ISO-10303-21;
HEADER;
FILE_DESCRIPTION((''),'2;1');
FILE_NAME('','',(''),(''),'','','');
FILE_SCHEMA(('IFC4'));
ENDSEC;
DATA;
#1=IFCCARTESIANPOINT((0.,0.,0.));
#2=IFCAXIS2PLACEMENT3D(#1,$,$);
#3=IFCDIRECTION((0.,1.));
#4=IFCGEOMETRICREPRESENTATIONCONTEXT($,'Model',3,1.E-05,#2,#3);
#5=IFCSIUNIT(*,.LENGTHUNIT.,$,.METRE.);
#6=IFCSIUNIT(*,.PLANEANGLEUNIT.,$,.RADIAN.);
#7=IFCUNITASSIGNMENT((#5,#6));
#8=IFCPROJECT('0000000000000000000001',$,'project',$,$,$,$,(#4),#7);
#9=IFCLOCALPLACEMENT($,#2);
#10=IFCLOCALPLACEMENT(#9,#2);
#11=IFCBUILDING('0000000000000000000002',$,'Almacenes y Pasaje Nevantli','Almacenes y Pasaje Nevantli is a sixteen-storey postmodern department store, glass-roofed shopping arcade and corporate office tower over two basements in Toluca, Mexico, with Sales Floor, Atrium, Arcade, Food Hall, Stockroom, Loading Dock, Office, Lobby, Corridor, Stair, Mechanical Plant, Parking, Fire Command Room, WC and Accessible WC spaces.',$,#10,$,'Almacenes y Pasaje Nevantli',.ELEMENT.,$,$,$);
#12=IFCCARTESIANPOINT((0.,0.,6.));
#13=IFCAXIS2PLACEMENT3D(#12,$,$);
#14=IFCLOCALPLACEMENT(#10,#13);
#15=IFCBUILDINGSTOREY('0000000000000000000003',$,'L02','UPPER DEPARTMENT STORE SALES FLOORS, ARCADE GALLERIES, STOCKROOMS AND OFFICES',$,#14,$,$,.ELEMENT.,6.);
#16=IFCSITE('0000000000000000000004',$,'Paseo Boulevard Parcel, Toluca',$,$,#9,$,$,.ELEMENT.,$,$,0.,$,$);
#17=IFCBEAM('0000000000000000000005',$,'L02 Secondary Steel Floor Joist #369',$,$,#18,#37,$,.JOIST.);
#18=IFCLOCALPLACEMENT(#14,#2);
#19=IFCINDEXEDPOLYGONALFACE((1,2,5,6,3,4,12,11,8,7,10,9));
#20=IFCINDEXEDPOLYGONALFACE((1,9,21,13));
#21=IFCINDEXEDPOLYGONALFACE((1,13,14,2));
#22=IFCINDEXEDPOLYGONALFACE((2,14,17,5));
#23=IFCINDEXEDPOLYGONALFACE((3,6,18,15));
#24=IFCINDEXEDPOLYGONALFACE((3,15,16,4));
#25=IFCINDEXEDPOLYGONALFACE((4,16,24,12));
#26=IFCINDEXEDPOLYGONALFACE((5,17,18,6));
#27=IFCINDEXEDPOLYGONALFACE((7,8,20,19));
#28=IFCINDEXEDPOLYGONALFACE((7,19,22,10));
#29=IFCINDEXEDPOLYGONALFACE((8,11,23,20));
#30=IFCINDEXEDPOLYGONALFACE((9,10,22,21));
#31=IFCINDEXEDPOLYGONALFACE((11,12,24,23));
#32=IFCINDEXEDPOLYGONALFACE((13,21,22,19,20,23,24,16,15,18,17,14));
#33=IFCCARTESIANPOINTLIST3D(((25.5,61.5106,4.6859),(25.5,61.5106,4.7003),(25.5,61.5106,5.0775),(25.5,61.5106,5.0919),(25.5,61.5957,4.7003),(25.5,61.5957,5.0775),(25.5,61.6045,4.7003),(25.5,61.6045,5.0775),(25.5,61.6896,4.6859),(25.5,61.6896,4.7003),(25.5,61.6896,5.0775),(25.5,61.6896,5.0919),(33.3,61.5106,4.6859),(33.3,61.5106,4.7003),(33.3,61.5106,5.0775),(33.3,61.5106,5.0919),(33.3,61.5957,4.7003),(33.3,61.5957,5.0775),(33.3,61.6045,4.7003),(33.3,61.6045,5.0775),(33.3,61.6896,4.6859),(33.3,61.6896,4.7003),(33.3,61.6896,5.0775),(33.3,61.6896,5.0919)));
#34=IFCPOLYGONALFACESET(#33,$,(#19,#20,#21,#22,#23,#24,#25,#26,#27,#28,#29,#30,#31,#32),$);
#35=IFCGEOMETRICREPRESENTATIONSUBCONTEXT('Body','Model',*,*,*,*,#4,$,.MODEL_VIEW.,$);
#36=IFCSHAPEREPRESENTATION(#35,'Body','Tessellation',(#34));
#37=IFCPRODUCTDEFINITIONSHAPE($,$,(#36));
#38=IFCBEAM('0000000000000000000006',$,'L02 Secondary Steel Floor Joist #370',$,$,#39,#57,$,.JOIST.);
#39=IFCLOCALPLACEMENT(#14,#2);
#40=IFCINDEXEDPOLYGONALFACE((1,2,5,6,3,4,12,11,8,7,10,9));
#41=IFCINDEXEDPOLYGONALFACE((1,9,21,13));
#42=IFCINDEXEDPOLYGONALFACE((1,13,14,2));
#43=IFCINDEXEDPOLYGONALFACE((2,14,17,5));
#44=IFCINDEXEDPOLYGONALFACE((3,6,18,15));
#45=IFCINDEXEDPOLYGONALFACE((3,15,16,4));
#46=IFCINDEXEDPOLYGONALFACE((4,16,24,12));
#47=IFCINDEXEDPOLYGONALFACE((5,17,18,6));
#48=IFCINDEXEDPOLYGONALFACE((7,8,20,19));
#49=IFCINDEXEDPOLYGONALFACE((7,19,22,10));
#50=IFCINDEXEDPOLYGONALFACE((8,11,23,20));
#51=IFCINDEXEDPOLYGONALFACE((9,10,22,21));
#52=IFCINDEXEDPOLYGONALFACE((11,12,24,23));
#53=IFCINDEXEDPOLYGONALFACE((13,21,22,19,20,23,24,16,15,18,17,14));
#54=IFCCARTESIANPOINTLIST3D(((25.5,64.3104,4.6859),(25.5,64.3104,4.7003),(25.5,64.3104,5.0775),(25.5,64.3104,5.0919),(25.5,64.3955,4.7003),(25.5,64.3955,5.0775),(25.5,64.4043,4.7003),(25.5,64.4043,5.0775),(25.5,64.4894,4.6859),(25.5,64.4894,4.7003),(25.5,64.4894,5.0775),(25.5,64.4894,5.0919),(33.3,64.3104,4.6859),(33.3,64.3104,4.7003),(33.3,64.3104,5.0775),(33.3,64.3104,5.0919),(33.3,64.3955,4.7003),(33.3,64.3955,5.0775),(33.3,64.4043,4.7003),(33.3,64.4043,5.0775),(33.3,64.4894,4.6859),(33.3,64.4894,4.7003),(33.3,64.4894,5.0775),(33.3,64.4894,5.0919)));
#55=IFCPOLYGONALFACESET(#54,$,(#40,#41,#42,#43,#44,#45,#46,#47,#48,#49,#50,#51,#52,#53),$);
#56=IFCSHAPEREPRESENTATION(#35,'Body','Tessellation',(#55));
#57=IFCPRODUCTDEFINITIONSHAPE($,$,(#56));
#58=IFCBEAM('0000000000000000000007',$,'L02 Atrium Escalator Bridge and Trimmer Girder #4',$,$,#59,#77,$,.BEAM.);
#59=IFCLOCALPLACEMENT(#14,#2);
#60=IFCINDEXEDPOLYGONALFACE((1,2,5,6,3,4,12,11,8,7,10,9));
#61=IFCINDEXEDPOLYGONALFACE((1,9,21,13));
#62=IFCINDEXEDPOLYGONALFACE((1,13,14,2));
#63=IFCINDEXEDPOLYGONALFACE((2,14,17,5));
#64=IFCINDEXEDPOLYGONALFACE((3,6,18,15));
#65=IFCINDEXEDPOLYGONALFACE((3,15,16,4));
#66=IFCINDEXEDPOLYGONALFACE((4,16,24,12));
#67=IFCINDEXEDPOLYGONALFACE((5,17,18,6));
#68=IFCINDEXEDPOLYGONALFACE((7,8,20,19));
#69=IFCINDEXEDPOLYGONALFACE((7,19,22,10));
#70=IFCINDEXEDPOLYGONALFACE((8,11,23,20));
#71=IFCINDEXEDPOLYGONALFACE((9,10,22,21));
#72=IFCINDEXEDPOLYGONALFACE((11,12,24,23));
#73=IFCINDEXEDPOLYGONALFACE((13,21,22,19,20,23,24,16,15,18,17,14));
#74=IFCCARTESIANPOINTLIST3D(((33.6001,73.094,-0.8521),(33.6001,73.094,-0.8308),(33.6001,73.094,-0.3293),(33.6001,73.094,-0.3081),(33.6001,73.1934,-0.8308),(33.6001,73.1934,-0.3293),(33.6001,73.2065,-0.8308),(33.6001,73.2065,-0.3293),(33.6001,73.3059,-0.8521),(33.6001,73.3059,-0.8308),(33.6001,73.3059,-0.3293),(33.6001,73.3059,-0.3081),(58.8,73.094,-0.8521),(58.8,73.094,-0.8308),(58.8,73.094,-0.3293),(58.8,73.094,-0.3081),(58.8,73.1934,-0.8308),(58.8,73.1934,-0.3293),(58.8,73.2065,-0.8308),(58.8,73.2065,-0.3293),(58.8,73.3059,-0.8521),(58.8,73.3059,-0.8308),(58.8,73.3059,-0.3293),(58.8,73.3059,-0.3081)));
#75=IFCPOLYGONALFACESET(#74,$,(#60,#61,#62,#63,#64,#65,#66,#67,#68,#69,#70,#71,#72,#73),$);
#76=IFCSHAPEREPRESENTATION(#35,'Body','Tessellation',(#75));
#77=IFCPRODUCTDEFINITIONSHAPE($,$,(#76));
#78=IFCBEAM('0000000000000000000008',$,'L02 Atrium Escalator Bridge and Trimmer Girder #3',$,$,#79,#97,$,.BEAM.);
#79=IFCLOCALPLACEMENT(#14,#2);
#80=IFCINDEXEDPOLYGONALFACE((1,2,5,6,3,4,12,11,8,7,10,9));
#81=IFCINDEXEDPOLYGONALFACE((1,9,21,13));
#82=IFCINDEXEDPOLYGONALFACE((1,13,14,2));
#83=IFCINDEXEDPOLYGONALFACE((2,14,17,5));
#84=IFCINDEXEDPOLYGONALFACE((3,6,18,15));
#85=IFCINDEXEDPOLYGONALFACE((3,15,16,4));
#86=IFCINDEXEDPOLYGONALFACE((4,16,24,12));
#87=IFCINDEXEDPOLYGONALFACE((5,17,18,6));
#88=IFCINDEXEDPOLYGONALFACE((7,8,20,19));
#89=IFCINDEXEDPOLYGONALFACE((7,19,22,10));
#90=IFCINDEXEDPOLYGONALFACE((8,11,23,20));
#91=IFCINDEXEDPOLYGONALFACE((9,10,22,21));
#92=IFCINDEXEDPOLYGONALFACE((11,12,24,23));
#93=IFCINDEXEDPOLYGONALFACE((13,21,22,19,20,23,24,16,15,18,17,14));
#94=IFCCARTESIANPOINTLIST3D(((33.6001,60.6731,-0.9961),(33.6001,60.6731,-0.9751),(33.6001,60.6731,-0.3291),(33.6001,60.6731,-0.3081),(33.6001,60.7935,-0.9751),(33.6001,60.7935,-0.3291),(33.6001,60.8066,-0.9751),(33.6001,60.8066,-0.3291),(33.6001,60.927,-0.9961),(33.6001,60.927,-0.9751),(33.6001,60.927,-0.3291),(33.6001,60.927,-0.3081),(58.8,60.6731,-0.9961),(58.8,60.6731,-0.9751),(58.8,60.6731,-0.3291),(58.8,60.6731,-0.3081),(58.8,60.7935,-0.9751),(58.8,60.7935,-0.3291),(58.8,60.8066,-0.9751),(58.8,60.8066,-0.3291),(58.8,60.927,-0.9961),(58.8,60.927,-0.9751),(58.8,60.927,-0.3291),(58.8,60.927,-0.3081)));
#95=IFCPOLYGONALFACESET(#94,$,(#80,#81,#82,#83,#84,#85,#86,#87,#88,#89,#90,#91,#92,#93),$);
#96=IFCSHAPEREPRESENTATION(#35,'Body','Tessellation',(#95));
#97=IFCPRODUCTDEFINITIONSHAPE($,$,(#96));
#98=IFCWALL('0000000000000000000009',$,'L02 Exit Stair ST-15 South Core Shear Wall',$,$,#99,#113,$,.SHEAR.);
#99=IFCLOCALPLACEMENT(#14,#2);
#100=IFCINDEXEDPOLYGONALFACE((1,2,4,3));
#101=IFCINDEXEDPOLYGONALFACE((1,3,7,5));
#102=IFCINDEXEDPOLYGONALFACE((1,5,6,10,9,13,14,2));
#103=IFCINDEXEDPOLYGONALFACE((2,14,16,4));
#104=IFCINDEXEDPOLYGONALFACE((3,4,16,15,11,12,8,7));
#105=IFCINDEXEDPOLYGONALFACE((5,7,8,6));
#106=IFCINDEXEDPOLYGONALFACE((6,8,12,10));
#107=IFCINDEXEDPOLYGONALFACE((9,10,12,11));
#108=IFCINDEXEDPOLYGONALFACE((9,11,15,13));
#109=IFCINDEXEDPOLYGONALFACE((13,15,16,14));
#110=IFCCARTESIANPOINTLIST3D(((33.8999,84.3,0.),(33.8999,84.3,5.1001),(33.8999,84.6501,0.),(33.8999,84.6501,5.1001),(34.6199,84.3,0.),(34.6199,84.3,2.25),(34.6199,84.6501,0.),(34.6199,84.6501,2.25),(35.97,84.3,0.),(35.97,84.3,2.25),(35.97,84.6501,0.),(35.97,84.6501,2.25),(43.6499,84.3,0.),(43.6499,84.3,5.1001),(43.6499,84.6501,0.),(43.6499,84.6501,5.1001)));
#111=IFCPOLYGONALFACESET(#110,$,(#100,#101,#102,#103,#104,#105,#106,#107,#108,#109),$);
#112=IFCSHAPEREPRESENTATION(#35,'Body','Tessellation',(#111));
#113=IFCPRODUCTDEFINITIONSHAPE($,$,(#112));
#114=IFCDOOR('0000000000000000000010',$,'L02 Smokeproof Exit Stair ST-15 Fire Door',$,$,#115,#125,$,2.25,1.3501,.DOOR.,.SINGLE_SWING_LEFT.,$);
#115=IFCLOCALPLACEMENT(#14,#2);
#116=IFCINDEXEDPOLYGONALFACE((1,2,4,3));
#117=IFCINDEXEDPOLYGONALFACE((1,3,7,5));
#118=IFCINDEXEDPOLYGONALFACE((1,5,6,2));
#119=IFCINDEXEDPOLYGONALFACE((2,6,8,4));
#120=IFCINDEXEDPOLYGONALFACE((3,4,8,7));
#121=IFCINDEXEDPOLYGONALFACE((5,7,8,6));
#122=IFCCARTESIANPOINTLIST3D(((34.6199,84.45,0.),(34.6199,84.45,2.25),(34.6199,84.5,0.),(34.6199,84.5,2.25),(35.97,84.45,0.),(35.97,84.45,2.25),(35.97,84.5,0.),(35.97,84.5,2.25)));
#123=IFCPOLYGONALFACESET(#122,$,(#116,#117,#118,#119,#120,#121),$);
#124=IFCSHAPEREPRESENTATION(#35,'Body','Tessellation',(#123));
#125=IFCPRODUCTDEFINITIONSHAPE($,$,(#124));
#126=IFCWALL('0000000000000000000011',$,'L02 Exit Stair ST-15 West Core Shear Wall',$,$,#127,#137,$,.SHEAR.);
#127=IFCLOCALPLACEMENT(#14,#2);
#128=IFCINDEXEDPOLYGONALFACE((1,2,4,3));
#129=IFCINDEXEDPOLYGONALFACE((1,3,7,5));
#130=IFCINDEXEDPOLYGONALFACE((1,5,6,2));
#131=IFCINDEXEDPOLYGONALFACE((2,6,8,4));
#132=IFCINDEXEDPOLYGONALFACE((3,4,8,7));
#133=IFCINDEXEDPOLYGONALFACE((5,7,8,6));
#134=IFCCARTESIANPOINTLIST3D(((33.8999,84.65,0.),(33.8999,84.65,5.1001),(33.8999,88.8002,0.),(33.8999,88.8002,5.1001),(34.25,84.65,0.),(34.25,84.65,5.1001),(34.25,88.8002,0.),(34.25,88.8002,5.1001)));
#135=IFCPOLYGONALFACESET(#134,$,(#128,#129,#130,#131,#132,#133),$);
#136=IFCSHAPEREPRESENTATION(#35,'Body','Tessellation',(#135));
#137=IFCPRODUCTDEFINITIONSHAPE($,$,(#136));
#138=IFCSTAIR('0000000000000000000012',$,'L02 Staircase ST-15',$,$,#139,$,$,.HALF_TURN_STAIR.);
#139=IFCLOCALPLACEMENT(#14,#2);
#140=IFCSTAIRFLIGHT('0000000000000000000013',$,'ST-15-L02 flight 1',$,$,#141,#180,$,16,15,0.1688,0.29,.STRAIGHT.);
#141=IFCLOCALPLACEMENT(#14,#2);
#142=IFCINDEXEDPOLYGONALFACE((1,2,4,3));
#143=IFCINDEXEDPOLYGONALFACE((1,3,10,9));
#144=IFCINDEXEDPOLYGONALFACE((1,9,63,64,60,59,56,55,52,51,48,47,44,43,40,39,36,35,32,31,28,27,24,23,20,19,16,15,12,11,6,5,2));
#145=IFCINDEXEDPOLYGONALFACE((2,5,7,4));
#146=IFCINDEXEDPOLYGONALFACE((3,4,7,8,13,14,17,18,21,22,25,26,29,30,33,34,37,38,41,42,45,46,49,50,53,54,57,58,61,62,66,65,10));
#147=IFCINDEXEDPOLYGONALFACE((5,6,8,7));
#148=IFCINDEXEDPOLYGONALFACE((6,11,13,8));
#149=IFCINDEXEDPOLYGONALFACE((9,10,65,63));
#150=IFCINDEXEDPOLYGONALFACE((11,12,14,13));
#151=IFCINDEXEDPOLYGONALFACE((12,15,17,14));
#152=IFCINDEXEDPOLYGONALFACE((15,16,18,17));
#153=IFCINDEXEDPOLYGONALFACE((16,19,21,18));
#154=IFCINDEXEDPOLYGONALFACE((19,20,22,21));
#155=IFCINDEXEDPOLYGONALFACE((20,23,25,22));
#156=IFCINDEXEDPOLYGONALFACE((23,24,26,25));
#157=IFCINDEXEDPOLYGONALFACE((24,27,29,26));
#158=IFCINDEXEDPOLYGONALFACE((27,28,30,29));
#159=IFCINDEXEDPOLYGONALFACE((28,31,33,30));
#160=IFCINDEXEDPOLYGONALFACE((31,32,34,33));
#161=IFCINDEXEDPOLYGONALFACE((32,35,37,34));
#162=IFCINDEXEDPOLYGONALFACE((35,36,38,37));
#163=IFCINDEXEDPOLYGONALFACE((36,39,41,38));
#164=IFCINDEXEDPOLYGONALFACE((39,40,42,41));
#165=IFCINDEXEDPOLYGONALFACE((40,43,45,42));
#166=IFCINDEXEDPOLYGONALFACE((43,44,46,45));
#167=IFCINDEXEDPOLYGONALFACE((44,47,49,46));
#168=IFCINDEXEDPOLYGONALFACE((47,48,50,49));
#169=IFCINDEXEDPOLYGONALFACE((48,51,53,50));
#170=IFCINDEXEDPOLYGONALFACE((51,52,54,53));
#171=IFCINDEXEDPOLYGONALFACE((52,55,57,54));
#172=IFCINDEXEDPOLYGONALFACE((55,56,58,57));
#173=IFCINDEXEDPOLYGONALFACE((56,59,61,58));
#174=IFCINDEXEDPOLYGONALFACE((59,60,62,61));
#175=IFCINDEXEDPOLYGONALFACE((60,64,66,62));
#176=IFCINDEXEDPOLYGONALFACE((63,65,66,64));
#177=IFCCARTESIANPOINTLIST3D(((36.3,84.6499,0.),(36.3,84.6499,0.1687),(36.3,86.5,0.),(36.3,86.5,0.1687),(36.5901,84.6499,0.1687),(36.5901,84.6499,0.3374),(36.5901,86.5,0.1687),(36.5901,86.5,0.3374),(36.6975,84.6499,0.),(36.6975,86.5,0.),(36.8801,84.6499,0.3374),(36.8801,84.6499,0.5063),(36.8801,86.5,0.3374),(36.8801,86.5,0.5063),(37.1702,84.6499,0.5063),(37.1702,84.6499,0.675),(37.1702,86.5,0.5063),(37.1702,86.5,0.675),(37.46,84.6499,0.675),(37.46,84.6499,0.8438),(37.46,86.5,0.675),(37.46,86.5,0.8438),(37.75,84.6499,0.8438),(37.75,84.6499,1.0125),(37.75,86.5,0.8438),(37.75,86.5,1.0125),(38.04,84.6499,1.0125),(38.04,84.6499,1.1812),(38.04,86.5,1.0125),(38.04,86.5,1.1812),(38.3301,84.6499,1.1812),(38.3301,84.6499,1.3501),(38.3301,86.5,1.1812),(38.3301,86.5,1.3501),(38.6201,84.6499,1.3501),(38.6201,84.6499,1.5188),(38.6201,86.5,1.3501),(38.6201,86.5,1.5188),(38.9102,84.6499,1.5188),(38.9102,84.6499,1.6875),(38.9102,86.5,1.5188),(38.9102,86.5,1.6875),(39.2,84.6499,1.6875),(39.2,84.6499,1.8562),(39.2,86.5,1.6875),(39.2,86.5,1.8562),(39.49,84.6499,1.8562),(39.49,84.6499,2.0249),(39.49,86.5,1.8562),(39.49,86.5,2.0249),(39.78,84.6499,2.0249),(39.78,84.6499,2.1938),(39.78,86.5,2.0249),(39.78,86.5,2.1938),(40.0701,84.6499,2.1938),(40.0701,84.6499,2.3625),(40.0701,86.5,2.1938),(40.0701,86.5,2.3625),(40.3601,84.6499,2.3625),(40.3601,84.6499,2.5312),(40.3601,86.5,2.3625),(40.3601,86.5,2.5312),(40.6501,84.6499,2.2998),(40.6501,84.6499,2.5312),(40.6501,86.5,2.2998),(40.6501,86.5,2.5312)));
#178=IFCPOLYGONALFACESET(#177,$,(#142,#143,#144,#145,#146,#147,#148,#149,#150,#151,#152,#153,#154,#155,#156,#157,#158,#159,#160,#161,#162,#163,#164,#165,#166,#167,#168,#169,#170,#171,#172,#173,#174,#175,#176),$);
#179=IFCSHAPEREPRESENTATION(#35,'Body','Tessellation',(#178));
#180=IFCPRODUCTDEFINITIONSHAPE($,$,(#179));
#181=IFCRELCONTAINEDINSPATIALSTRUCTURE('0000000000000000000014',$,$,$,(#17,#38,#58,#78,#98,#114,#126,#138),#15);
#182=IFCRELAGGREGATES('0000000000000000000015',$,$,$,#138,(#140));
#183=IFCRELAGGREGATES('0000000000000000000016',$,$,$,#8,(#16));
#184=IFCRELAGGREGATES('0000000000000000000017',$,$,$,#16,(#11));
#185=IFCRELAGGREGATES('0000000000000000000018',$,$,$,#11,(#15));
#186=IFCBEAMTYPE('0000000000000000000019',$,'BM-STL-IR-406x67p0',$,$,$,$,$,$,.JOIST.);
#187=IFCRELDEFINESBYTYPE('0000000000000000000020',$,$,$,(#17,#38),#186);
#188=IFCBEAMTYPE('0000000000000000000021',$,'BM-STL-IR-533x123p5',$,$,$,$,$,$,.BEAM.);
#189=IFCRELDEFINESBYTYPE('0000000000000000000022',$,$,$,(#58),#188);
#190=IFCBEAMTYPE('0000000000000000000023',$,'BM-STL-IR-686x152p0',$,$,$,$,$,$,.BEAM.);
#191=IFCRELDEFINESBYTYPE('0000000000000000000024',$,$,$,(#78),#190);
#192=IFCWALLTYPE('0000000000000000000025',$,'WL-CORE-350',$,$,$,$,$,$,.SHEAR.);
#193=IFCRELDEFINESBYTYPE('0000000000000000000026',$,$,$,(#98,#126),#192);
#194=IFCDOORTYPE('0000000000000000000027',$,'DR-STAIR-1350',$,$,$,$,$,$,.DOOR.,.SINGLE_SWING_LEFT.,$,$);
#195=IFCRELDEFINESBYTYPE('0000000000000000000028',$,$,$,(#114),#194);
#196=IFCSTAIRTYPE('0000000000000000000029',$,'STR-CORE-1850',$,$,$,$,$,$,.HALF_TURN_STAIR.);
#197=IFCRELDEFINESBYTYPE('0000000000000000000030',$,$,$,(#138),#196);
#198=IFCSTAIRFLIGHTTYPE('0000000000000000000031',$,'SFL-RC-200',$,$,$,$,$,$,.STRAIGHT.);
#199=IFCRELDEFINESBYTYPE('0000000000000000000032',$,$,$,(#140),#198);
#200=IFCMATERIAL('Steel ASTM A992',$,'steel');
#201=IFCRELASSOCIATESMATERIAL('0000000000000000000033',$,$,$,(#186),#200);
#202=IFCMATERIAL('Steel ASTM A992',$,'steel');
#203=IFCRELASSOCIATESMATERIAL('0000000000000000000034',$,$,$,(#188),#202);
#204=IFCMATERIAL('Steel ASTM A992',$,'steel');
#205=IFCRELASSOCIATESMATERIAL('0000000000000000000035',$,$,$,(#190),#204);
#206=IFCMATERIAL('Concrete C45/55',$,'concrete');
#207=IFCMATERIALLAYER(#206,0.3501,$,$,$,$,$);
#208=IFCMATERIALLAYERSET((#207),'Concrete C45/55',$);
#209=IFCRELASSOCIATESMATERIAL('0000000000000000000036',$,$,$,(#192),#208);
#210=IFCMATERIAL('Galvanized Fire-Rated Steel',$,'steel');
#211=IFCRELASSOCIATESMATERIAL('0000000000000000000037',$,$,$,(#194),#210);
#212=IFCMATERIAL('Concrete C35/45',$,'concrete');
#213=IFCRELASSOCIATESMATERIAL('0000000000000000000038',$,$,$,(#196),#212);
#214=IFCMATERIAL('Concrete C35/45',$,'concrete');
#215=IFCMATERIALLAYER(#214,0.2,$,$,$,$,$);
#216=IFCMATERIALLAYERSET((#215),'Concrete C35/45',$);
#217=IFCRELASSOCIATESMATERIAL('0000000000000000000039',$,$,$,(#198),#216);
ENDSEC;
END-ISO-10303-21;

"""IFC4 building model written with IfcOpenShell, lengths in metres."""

from ifc_helpers import new_model, si_unit, direction, frame, frame_2d, origin, origin_2d, place, context, subcontext, project, spatial, polyline, rectangle, i_section, outline, extrude, material, layer, layer_set, material_profile, profile_set, type_object, element, fill, aggregate, save


model = new_model("IFC4")

# Units and contexts
model_context = context("Model", 3, precision=1e-05, world=origin(), true_north=direction((0.0, 1.0)))
body_context = subcontext(model_context, "Body", "Model", "MODEL_VIEW")
ifc_project = project(units=[si_unit("LENGTHUNIT", "METRE"), si_unit("PLANEANGLEUNIT", "RADIAN")], contexts=[model_context])

# Site, building, storey
site_placement = place(None, origin())
site = spatial("IfcSite", under=ifc_project, at=site_placement, Name="Paseo Boulevard Parcel, Toluca", CompositionType="ELEMENT", RefElevation=0.0)
building_placement = place(site_placement, origin())
building = spatial("IfcBuilding", under=site, at=building_placement, Name="Almacenes y Pasaje Nevantli", Description="Almacenes y Pasaje Nevantli is a sixteen-storey postmodern department store, glass-roofed shopping arcade and corporate office tower over two basements in Toluca, Mexico, with Sales Floor, Atrium, Arcade, Food Hall, Stockroom, Loading Dock, Office, Lobby, Corridor, Stair, Mechanical Plant, Parking, Fire Command Room, WC and Accessible WC spaces.", LongName="Almacenes y Pasaje Nevantli", CompositionType="ELEMENT")
storey_placement = place(building_placement, frame((0.0, 0.0, 6.0)))
storey = spatial("IfcBuildingStorey", under=building, at=storey_placement, Name="L02", Description="UPPER DEPARTMENT STORE SALES FLOORS, ARCADE GALLERIES, STOCKROOMS AND OFFICES", CompositionType="ELEMENT", Elevation=6.0)

# Beams
ifc_material_1 = material(Name="Steel ASTM A992", Category="steel")
ifc_material_profile_1 = material_profile(ifc_material_1, i_section(OverallWidth=0.179, OverallDepth=0.406, WebThickness=0.0088, FlangeThickness=0.0144, at=origin_2d()), Name="IR 406x67.0")
ifc_profile_set_1 = profile_set([ifc_material_profile_1], Name="Steel ASTM A992")
beam_type_1 = type_object("IfcBeamType", Name="BM-STL-IR-406x67p0", PredefinedType="JOIST", material=ifc_profile_set_1)
for number, where, z_axis, x_axis, name in (
    (1, (25.5, 61.6001, 4.8889), (1.0, 0.0, 0.0), (0.0, 1.0, 0.0), "L02 Secondary Steel Floor Joist #369"),
    (2, (25.5, 64.3999, 4.8889), (1.0, 0.0, 0.0), (0.0, 1.0, 0.0), "L02 Secondary Steel Floor Joist #370"),
):
    element("IfcBeam", number, at=place(storey_placement, frame(where, z_axis=z_axis, x_axis=x_axis)), inside=storey, type_object=beam_type_1, Name=name, PredefinedType="JOIST", context=body_context, shape_type="SweptSolid", body=[
        extrude(i_section(OverallWidth=0.179, OverallDepth=0.406, WebThickness=0.0088, FlangeThickness=0.0144, at=origin_2d()), origin(), (0.0, 0.0, 1.0), 7.8),
    ])
ifc_material_2 = material(Name="Steel ASTM A992", Category="steel")
ifc_material_profile_2 = material_profile(ifc_material_2, i_section(OverallWidth=0.2119, OverallDepth=0.5439, WebThickness=0.0132, FlangeThickness=0.0212, at=origin_2d()), Name="IR 533x123.5")
ifc_profile_set_2 = profile_set([ifc_material_profile_2], Name="Steel ASTM A992")
beam_type_2 = type_object("IfcBeamType", Name="BM-STL-IR-533x123p5", PredefinedType="BEAM", material=ifc_profile_set_2)
beam_1_placement = place(storey_placement, frame((33.6001, 73.2, -0.5801), z_axis=(1.0, 0.0, 0.0), x_axis=(0.0, 1.0, 0.0)))
element("IfcBeam", 3, at=beam_1_placement, inside=storey, type_object=beam_type_2, Name="L02 Atrium Escalator Bridge and Trimmer Girder #4", PredefinedType="BEAM", context=body_context, shape_type="SweptSolid", body=[
    extrude(i_section(OverallWidth=0.2119, OverallDepth=0.5439, WebThickness=0.0132, FlangeThickness=0.0212, at=origin_2d()), origin(), (0.0, 0.0, 1.0), 25.2),
])
ifc_material_3 = material(Name="Steel ASTM A992", Category="steel")
ifc_material_profile_3 = material_profile(ifc_material_3, i_section(OverallWidth=0.2539, OverallDepth=0.688, WebThickness=0.0132, FlangeThickness=0.021, at=origin_2d()), Name="IR 686x152.0")
ifc_profile_set_3 = profile_set([ifc_material_profile_3], Name="Steel ASTM A992")
beam_type_3 = type_object("IfcBeamType", Name="BM-STL-IR-686x152p0", PredefinedType="BEAM", material=ifc_profile_set_3)
beam_2_placement = place(storey_placement, frame((33.6001, 60.8, -0.6521), z_axis=(1.0, 0.0, 0.0), x_axis=(0.0, 1.0, 0.0)))
element("IfcBeam", 4, at=beam_2_placement, inside=storey, type_object=beam_type_3, Name="L02 Atrium Escalator Bridge and Trimmer Girder #3", PredefinedType="BEAM", context=body_context, shape_type="SweptSolid", body=[
    extrude(i_section(OverallWidth=0.2539, OverallDepth=0.688, WebThickness=0.0132, FlangeThickness=0.021, at=origin_2d()), origin(), (0.0, 0.0, 1.0), 25.2),
])

# Wall, opening, door
ifc_material_4 = material(Name="Concrete C45/55", Category="concrete")
ifc_layer_1 = layer(ifc_material_4, 0.3501)
ifc_layer_set_1 = layer_set([ifc_layer_1], Name="Concrete C45/55")
wall_type = type_object("IfcWallType", Name="WL-CORE-350", PredefinedType="SHEAR", material=ifc_layer_set_1)
wall_1_placement = place(storey_placement, frame((33.8999, 84.4751, 0.0), z_axis=(0.0, 0.0, 1.0), x_axis=(1.0, 0.0, 0.0)))
wall_1 = element("IfcWall", 5, at=wall_1_placement, inside=storey, type_object=wall_type, Name="L02 Exit Stair ST-15 South Core Shear Wall", PredefinedType="SHEAR", context=body_context, shape_type="SweptSolid", body=[
    extrude(rectangle(XDim=9.75, YDim=0.3501, at=frame_2d((4.875, 0.0))), origin(), (0.0, 0.0, 1.0), 5.1001),
])
opening_placement = place(wall_1_placement, frame((0.72, 0.0, 0.0)))
opening = element("IfcOpeningElement", 6, at=opening_placement, cuts=wall_1, PredefinedType="OPENING", context=body_context, shape_type="SweptSolid", body=[
    extrude(rectangle(XDim=1.3501, YDim=2.25, at=frame_2d((0.675, 1.125))), frame((0.0, 0.1851, 0.0), z_axis=(0.0, -1.0, 0.0), x_axis=(1.0, 0.0, 0.0)), (0.0, 0.0, 1.0), 0.3701),
])
ifc_material_5 = material(Name="Galvanized Fire-Rated Steel", Category="steel")
door_type = type_object("IfcDoorType", Name="DR-STAIR-1350", OperationType="SINGLE_SWING_LEFT", PredefinedType="DOOR", material=ifc_material_5)
door_placement = place(opening_placement, origin())
door = element("IfcDoor", 7, at=door_placement, inside=storey, type_object=door_type, Name="L02 Smokeproof Exit Stair ST-15 Fire Door", OperationType="SINGLE_SWING_LEFT", OverallHeight=2.25, OverallWidth=1.3501, PredefinedType="DOOR", context=body_context, shape_type="SweptSolid", body=[
    extrude(rectangle(XDim=1.3501, YDim=2.25, at=frame_2d((0.675, 1.125))), frame((0.0, 0.0249, 0.0), z_axis=(0.0, -1.0, 0.0), x_axis=(1.0, 0.0, 0.0)), (0.0, 0.0, 1.0), 0.05),
])
fill(opening, door)

# Wall
wall_2_placement = place(storey_placement, frame((34.075, 84.6499, 0.0), z_axis=(0.0, 0.0, 1.0), x_axis=(0.0, 1.0, 0.0)))
element("IfcWall", 8, at=wall_2_placement, inside=storey, type_object=wall_type, Name="L02 Exit Stair ST-15 West Core Shear Wall", PredefinedType="SHEAR", context=body_context, shape_type="SweptSolid", body=[
    extrude(rectangle(XDim=4.1501, YDim=0.3501, at=frame_2d((2.0752, 0.0))), origin(), (0.0, 0.0, 1.0), 5.1001),
])

# Stair, stair flight
ifc_material_6 = material(Name="Concrete C35/45", Category="concrete")
stair_type = type_object("IfcStairType", Name="STR-CORE-1850", PredefinedType="HALF_TURN_STAIR", material=ifc_material_6)
stair_placement = place(storey_placement, origin())
stair = element("IfcStair", 9, at=stair_placement, inside=storey, type_object=stair_type, Name="L02 Staircase ST-15", PredefinedType="HALF_TURN_STAIR")
ifc_material_7 = material(Name="Concrete C35/45", Category="concrete")
ifc_layer_2 = layer(ifc_material_7, 0.2)
ifc_layer_set_2 = layer_set([ifc_layer_2], Name="Concrete C35/45")
stair_flight_type = type_object("IfcStairFlightType", Name="SFL-RC-200", PredefinedType="STRAIGHT", material=ifc_layer_set_2)
stair_flight_placement = place(storey_placement, frame((36.3, 85.575, 0.0), z_axis=(0.0, 0.0, 1.0), x_axis=(1.0, 0.0, 0.0)))
stair_flight = element("IfcStairFlight", 10, at=stair_flight_placement, type_object=stair_flight_type, Name="ST-15-L02 flight 1", NumberOfRisers=16, NumberOfTreads=15, PredefinedType="STRAIGHT", RiserHeight=0.1688, TreadLength=0.29, context=body_context, shape_type="SweptSolid", body=[
    extrude(outline(polyline([(0.0, 0.0), (0.0, 0.1687), (0.29, 0.1687), (0.29, 0.3374), (0.5801, 0.3374), (0.5801, 0.5063), (0.8701, 0.5063), (0.8701, 0.675), (1.1599, 0.675), (1.1599, 0.8438), (1.45, 0.8438), (1.45, 1.0125), (1.74, 1.0125), (1.74, 1.1812), (2.03, 1.1812), (2.03, 1.3501), (2.3201, 1.3501), (2.3201, 1.5188), (2.6101, 1.5188), (2.6101, 1.6875), (2.8999, 1.6875), (2.8999, 1.8562), (3.1899, 1.8562), (3.1899, 2.0249), (3.48, 2.0249), (3.48, 2.1938), (3.77, 2.1938), (3.77, 2.3625), (4.0601, 2.3625), (4.0601, 2.5312), (4.3501, 2.5312), (4.3501, 2.7), (4.3501, 2.2998), (0.3975, 0.0), (0.0, 0.0)])), frame((0.0, 0.925, 0.0), z_axis=(0.0, -1.0, 0.0), x_axis=(1.0, 0.0, 0.0)), (0.0, 0.0, 1.0), 1.8501),
])
aggregate(stair, [stair_flight])

save(model, "model.ifc")
